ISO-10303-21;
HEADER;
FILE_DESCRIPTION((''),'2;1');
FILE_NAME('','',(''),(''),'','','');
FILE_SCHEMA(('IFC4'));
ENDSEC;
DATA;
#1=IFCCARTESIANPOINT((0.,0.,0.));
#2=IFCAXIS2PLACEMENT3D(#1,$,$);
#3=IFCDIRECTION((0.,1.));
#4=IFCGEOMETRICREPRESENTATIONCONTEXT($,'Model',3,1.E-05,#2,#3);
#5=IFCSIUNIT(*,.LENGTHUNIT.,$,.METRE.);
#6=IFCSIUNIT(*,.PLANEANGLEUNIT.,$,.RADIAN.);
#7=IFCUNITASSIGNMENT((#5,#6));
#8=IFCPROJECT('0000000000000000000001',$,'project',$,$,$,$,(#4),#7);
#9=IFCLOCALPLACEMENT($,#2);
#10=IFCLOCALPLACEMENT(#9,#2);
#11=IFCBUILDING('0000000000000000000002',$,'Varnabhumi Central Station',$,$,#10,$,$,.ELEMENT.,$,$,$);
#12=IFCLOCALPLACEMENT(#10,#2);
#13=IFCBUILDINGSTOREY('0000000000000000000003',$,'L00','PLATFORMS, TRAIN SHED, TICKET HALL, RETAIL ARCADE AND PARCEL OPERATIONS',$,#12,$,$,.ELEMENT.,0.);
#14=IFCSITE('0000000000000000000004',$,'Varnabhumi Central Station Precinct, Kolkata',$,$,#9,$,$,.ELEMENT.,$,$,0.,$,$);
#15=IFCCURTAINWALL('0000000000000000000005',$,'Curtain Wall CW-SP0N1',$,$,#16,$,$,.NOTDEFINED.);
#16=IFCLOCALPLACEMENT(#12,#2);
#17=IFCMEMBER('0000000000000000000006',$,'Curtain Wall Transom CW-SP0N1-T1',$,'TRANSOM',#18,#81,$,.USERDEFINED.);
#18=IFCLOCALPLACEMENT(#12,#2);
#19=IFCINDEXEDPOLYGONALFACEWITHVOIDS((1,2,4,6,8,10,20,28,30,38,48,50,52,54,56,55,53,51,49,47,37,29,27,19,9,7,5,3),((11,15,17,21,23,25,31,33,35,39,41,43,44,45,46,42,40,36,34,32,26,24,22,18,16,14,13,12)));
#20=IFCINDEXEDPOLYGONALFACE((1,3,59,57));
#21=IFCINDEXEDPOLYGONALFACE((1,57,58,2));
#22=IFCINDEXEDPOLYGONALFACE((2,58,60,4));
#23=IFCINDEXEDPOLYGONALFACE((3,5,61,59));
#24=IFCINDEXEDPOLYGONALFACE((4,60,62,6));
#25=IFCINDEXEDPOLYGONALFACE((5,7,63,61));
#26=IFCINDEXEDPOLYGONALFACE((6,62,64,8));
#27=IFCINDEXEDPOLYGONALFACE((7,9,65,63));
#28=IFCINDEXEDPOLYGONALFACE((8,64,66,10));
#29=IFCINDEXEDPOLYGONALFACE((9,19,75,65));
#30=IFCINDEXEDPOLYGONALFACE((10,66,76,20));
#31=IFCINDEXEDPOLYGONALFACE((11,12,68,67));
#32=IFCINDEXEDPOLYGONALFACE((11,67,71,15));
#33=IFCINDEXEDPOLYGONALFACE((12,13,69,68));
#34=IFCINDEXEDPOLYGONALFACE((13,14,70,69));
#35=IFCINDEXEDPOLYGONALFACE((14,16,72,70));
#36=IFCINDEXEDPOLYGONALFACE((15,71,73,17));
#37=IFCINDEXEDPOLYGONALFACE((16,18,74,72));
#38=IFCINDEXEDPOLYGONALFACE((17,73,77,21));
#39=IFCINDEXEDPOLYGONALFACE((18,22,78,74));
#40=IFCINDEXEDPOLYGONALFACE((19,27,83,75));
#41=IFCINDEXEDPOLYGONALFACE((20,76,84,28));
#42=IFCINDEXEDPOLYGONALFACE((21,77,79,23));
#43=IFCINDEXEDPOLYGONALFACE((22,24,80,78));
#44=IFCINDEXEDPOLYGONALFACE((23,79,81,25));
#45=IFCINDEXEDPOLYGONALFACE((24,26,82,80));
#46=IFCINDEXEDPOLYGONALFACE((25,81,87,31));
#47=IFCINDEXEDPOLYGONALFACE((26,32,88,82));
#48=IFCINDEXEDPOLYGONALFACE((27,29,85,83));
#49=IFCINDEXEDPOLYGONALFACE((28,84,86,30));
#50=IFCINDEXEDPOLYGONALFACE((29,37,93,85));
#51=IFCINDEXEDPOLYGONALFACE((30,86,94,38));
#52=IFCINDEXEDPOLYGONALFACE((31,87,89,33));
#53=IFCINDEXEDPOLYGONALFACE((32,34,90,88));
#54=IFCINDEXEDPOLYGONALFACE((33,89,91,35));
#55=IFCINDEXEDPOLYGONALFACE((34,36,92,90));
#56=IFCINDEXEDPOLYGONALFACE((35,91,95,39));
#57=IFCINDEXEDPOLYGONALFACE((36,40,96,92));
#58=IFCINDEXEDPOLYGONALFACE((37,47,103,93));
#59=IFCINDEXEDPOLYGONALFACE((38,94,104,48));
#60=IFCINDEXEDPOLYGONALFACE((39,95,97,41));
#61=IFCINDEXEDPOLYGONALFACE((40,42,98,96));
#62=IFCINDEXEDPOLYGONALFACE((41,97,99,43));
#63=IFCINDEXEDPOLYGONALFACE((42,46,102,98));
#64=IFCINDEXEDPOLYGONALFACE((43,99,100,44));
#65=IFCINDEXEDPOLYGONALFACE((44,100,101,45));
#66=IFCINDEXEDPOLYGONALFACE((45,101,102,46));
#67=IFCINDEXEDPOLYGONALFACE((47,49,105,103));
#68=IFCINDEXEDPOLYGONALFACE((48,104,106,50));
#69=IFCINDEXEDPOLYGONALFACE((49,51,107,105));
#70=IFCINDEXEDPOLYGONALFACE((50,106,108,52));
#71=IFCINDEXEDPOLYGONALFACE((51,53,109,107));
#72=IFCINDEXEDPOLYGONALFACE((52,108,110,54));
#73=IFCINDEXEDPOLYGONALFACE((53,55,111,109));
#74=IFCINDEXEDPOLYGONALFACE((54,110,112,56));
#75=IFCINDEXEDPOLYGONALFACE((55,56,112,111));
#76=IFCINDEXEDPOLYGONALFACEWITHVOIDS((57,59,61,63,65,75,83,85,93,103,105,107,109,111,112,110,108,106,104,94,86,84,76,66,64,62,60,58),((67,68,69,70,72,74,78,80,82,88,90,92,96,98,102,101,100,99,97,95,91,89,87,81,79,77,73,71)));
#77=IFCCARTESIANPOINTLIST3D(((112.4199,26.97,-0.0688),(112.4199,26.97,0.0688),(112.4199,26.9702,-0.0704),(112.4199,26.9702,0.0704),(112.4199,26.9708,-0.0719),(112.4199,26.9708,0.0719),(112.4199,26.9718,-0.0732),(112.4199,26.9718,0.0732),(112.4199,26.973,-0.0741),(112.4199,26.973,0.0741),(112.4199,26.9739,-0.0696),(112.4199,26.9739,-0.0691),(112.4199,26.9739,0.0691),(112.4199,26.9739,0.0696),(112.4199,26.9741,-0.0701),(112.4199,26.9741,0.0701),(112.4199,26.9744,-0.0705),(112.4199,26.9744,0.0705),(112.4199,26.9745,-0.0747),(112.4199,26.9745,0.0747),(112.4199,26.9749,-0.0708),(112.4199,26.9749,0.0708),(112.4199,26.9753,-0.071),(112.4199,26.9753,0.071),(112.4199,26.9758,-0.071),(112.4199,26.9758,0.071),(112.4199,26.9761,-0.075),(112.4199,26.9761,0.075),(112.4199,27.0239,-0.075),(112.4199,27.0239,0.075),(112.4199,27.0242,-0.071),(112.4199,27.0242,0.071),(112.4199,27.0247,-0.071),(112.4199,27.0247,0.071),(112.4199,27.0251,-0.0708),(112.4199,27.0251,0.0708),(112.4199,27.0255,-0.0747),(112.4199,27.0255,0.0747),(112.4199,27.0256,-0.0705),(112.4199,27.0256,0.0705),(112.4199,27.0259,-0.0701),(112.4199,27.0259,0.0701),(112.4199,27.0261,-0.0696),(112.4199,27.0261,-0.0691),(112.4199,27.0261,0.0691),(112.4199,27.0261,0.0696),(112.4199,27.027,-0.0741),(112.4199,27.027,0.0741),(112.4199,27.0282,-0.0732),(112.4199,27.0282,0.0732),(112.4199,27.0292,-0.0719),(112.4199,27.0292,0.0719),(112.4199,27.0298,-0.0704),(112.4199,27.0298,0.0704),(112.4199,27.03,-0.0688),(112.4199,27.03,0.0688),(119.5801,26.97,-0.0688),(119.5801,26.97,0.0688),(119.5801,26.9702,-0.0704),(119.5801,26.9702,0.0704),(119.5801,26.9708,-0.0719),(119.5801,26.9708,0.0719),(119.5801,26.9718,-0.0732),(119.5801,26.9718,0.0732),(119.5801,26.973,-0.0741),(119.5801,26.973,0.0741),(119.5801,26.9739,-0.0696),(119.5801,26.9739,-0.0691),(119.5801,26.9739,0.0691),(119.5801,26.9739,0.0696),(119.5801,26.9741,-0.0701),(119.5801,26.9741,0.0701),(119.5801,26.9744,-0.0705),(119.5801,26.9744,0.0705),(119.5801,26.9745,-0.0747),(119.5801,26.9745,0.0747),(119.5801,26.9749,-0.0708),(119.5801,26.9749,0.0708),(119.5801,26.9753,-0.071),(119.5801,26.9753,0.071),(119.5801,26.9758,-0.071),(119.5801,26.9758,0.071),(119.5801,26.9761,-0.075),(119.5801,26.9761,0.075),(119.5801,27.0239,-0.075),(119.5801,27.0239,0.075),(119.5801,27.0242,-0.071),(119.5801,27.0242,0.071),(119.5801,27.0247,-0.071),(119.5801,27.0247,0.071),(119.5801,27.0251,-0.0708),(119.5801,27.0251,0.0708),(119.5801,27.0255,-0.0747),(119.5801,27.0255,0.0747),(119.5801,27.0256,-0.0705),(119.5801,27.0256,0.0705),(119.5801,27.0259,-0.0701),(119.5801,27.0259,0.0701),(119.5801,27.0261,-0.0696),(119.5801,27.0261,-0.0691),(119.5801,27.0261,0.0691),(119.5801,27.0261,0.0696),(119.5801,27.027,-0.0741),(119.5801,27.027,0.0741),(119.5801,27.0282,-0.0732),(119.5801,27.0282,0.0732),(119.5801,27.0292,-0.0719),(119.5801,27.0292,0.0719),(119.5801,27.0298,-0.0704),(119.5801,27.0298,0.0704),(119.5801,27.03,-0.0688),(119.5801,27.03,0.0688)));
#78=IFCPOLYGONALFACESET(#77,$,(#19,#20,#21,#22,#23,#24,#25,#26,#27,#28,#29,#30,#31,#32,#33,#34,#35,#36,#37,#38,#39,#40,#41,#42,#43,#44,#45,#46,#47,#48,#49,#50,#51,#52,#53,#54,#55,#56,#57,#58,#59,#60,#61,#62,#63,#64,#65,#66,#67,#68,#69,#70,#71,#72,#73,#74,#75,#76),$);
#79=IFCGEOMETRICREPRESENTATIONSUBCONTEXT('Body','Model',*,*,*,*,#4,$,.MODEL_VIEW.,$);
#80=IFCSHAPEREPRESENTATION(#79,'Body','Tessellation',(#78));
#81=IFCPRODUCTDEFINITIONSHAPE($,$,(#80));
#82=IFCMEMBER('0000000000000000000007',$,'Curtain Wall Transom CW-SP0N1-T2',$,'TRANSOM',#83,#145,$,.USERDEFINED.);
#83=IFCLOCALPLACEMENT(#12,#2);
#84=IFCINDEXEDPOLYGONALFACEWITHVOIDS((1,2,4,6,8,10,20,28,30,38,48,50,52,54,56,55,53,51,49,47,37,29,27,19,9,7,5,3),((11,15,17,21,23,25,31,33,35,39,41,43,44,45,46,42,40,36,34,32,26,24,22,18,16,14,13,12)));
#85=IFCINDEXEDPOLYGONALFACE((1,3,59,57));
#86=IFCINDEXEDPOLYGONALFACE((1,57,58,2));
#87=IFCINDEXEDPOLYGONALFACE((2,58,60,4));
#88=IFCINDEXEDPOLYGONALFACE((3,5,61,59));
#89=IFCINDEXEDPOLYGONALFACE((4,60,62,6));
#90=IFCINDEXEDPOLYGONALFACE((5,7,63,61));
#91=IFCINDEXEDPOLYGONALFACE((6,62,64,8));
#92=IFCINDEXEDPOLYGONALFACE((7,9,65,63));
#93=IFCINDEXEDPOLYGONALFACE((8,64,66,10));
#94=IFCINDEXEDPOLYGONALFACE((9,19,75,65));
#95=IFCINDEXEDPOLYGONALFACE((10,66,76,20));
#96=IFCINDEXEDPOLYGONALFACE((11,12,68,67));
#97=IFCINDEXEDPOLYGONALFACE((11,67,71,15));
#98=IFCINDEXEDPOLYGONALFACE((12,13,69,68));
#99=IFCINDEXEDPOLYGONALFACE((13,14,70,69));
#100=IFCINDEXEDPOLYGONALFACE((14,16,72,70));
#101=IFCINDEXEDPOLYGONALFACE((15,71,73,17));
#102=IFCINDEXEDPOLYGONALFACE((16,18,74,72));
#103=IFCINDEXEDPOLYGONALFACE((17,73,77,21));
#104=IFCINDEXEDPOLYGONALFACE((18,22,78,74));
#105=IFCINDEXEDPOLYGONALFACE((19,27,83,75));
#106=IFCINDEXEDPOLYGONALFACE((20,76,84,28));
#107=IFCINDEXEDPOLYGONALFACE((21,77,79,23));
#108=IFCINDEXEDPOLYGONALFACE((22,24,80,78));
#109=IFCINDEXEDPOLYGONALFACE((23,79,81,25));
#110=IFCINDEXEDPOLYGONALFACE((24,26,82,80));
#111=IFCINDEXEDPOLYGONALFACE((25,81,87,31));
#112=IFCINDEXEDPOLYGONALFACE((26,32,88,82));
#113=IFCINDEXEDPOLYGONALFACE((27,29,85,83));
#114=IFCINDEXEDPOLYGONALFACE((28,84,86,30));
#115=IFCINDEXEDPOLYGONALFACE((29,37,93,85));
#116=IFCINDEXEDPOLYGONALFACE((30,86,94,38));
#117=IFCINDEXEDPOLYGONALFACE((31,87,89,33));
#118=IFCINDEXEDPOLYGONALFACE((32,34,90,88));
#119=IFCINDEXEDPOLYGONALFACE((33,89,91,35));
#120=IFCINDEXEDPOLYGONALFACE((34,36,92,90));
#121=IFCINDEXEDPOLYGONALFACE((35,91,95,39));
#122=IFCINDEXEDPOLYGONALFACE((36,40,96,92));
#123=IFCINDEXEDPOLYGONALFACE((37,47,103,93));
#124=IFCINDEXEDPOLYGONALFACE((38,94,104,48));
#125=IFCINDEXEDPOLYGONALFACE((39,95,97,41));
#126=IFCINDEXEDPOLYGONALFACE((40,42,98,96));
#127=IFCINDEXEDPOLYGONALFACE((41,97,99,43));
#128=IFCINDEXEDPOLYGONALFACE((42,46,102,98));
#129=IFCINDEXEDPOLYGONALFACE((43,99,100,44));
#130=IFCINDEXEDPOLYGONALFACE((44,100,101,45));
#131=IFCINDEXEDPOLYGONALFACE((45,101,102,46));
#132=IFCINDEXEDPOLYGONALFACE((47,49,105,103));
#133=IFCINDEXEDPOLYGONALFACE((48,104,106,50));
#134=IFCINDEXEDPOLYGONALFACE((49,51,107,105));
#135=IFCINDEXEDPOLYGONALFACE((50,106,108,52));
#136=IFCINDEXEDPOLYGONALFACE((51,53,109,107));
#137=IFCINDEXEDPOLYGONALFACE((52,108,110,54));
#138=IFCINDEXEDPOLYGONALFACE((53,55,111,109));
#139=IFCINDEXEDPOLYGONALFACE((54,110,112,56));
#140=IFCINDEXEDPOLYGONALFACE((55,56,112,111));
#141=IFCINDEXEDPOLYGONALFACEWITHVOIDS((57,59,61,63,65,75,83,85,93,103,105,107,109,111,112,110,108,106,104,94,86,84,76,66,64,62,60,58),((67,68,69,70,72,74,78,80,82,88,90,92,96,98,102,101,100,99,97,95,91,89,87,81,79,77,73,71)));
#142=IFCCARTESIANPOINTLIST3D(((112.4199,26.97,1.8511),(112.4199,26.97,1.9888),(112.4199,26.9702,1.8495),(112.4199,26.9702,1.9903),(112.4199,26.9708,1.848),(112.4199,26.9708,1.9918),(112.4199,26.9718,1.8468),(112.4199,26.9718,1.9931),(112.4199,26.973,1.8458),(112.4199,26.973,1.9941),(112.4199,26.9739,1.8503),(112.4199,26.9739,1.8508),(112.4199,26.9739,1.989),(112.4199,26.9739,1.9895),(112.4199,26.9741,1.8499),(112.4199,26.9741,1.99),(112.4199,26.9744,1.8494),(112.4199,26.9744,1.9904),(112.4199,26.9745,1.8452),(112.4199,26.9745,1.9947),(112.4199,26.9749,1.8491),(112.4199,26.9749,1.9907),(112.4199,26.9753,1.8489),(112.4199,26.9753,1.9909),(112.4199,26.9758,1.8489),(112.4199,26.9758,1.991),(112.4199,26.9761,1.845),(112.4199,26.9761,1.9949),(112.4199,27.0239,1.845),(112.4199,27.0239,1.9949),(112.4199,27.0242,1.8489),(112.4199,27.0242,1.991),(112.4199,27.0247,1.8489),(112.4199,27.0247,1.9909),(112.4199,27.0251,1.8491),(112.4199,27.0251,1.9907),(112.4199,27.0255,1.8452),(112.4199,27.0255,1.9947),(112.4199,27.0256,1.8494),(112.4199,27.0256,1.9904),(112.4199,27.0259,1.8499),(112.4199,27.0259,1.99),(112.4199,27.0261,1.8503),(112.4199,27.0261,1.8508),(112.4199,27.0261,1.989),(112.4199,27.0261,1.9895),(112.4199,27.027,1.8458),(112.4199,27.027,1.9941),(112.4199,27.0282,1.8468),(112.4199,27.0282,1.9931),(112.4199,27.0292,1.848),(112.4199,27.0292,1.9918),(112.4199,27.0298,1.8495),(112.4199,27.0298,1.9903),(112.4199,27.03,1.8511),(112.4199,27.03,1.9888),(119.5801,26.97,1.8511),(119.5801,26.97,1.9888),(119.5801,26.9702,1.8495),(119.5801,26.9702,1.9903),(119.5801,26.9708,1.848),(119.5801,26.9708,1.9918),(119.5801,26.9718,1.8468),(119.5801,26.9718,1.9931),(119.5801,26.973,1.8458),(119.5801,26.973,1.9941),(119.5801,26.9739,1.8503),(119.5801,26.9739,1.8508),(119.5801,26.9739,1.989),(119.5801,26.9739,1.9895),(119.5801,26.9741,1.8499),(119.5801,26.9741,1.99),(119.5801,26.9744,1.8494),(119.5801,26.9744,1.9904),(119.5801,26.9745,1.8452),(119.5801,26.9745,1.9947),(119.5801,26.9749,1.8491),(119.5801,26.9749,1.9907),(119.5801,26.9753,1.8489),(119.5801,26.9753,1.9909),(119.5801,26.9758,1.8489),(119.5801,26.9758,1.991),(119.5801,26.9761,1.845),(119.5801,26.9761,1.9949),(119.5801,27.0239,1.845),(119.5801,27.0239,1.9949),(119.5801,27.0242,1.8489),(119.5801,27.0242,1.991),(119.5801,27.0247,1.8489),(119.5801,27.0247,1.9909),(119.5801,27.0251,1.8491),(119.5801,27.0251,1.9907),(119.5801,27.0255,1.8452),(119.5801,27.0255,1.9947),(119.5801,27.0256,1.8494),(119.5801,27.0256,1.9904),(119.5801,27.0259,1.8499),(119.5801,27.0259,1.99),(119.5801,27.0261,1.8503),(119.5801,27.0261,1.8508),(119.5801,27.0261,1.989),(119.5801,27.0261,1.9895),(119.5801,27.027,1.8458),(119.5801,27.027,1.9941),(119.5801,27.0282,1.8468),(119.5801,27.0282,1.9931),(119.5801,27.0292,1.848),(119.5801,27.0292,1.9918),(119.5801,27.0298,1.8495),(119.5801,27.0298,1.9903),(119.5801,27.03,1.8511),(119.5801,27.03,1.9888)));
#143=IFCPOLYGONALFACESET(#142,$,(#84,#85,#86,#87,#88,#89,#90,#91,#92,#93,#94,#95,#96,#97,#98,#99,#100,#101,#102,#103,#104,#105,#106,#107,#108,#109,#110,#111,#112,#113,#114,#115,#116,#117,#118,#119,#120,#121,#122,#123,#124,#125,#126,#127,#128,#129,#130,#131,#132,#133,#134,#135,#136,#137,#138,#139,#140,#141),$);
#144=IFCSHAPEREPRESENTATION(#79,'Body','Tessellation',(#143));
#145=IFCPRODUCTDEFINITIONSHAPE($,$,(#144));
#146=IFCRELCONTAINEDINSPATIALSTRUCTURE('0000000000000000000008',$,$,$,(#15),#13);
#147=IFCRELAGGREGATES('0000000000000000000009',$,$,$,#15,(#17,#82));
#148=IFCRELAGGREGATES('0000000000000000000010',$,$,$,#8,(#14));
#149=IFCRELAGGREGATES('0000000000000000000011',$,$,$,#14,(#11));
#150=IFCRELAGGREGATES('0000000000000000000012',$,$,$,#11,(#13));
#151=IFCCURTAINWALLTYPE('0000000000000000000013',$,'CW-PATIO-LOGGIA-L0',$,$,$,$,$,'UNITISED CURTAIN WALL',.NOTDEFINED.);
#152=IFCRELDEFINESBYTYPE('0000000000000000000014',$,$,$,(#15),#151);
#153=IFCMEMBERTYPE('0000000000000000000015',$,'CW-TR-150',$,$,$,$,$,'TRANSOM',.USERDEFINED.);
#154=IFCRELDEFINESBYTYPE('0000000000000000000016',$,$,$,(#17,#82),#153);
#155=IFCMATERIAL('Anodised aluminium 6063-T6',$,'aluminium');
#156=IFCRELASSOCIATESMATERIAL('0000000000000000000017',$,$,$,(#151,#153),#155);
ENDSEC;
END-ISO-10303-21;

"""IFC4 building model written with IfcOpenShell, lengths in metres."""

from ifc_helpers import new_model, si_unit, direction, frame, origin, origin_2d, place, context, subcontext, project, spatial, hollow_rectangle, extrude, material, material_profile, profile_set, type_object, element, aggregate, save


model = new_model("IFC4")

# Units and contexts
model_context = context("Model", 3, precision=1e-05, world=origin(), true_north=direction((0.0, 1.0)))
body_context = subcontext(model_context, "Body", "Model", "MODEL_VIEW")
ifc_project = project(units=[si_unit("LENGTHUNIT", "METRE"), si_unit("PLANEANGLEUNIT", "RADIAN")], contexts=[model_context])

# Site, building, storey
site_placement = place(None, origin())
site = spatial("IfcSite", under=ifc_project, at=site_placement, Name="Varnabhumi Central Station Precinct, Kolkata", CompositionType="ELEMENT", RefElevation=0.0)
building_placement = place(site_placement, origin())
building = spatial("IfcBuilding", under=site, at=building_placement, Name="Varnabhumi Central Station", CompositionType="ELEMENT")
storey_placement = place(building_placement, origin())
storey = spatial("IfcBuildingStorey", under=building, at=storey_placement, Name="L00", Description="PLATFORMS, TRAIN SHED, TICKET HALL, RETAIL ARCADE AND PARCEL OPERATIONS", CompositionType="ELEMENT", Elevation=0.0)

# Shared definitions
ifc_material_1 = material(Name="Anodised aluminium 6063-T6", Category="aluminium")
curtain_wall_type = type_object("IfcCurtainWallType", Name="CW-PATIO-LOGGIA-L0", ElementType="UNITISED CURTAIN WALL", PredefinedType="NOTDEFINED", material=ifc_material_1)

# Curtain wall
curtain_wall_1_placement = place(storey_placement, origin())
curtain_wall_1 = element("IfcCurtainWall", 1, at=curtain_wall_1_placement, inside=storey, type_object=curtain_wall_type, Name="Curtain Wall CW-SP0N1", PredefinedType="NOTDEFINED")

# Members
ifc_material_profile_1 = material_profile(ifc_material_1, hollow_rectangle(XDim=0.0601, YDim=0.1499, WallThickness=0.0039, InnerFilletRadius=0.002, OuterFilletRadius=0.0061, at=origin_2d()), Name="Anodised aluminium 6063-T6", Category="aluminium")
ifc_profile_set_1 = profile_set([ifc_material_profile_1], Name="Anodised aluminium 6063-T6")
member_type_1 = type_object("IfcMemberType", Name="CW-TR-150", ElementType="TRANSOM", PredefinedType="USERDEFINED", material=ifc_profile_set_1)
member_1_placement = place(storey_placement, frame((112.4199, 27.0, 0.0), z_axis=(1.0, 0.0, 0.0), x_axis=(0.0, 1.0, 0.0)))
member_1 = element("IfcMember", 2, at=member_1_placement, type_object=member_type_1, Name="Curtain Wall Transom CW-SP0N1-T1", ObjectType="TRANSOM", PredefinedType="USERDEFINED", context=body_context, shape_type="SweptSolid", body=[
    extrude(hollow_rectangle(XDim=0.0601, YDim=0.1499, WallThickness=0.0039, InnerFilletRadius=0.002, OuterFilletRadius=0.0061, at=origin_2d()), origin(), (0.0, 0.0, 1.0), 7.1602),
])
member_2_placement = place(storey_placement, frame((112.4199, 27.0, 1.9199), z_axis=(1.0, 0.0, 0.0), x_axis=(0.0, 1.0, 0.0)))
member_2 = element("IfcMember", 3, at=member_2_placement, type_object=member_type_1, Name="Curtain Wall Transom CW-SP0N1-T2", ObjectType="TRANSOM", PredefinedType="USERDEFINED", context=body_context, shape_type="SweptSolid", body=[
    extrude(hollow_rectangle(XDim=0.0601, YDim=0.1499, WallThickness=0.0039, InnerFilletRadius=0.002, OuterFilletRadius=0.0061, at=origin_2d()), origin(), (0.0, 0.0, 1.0), 7.1602),
])

aggregate(curtain_wall_1, [member_1, member_2])

save(model, "model.ifc")
